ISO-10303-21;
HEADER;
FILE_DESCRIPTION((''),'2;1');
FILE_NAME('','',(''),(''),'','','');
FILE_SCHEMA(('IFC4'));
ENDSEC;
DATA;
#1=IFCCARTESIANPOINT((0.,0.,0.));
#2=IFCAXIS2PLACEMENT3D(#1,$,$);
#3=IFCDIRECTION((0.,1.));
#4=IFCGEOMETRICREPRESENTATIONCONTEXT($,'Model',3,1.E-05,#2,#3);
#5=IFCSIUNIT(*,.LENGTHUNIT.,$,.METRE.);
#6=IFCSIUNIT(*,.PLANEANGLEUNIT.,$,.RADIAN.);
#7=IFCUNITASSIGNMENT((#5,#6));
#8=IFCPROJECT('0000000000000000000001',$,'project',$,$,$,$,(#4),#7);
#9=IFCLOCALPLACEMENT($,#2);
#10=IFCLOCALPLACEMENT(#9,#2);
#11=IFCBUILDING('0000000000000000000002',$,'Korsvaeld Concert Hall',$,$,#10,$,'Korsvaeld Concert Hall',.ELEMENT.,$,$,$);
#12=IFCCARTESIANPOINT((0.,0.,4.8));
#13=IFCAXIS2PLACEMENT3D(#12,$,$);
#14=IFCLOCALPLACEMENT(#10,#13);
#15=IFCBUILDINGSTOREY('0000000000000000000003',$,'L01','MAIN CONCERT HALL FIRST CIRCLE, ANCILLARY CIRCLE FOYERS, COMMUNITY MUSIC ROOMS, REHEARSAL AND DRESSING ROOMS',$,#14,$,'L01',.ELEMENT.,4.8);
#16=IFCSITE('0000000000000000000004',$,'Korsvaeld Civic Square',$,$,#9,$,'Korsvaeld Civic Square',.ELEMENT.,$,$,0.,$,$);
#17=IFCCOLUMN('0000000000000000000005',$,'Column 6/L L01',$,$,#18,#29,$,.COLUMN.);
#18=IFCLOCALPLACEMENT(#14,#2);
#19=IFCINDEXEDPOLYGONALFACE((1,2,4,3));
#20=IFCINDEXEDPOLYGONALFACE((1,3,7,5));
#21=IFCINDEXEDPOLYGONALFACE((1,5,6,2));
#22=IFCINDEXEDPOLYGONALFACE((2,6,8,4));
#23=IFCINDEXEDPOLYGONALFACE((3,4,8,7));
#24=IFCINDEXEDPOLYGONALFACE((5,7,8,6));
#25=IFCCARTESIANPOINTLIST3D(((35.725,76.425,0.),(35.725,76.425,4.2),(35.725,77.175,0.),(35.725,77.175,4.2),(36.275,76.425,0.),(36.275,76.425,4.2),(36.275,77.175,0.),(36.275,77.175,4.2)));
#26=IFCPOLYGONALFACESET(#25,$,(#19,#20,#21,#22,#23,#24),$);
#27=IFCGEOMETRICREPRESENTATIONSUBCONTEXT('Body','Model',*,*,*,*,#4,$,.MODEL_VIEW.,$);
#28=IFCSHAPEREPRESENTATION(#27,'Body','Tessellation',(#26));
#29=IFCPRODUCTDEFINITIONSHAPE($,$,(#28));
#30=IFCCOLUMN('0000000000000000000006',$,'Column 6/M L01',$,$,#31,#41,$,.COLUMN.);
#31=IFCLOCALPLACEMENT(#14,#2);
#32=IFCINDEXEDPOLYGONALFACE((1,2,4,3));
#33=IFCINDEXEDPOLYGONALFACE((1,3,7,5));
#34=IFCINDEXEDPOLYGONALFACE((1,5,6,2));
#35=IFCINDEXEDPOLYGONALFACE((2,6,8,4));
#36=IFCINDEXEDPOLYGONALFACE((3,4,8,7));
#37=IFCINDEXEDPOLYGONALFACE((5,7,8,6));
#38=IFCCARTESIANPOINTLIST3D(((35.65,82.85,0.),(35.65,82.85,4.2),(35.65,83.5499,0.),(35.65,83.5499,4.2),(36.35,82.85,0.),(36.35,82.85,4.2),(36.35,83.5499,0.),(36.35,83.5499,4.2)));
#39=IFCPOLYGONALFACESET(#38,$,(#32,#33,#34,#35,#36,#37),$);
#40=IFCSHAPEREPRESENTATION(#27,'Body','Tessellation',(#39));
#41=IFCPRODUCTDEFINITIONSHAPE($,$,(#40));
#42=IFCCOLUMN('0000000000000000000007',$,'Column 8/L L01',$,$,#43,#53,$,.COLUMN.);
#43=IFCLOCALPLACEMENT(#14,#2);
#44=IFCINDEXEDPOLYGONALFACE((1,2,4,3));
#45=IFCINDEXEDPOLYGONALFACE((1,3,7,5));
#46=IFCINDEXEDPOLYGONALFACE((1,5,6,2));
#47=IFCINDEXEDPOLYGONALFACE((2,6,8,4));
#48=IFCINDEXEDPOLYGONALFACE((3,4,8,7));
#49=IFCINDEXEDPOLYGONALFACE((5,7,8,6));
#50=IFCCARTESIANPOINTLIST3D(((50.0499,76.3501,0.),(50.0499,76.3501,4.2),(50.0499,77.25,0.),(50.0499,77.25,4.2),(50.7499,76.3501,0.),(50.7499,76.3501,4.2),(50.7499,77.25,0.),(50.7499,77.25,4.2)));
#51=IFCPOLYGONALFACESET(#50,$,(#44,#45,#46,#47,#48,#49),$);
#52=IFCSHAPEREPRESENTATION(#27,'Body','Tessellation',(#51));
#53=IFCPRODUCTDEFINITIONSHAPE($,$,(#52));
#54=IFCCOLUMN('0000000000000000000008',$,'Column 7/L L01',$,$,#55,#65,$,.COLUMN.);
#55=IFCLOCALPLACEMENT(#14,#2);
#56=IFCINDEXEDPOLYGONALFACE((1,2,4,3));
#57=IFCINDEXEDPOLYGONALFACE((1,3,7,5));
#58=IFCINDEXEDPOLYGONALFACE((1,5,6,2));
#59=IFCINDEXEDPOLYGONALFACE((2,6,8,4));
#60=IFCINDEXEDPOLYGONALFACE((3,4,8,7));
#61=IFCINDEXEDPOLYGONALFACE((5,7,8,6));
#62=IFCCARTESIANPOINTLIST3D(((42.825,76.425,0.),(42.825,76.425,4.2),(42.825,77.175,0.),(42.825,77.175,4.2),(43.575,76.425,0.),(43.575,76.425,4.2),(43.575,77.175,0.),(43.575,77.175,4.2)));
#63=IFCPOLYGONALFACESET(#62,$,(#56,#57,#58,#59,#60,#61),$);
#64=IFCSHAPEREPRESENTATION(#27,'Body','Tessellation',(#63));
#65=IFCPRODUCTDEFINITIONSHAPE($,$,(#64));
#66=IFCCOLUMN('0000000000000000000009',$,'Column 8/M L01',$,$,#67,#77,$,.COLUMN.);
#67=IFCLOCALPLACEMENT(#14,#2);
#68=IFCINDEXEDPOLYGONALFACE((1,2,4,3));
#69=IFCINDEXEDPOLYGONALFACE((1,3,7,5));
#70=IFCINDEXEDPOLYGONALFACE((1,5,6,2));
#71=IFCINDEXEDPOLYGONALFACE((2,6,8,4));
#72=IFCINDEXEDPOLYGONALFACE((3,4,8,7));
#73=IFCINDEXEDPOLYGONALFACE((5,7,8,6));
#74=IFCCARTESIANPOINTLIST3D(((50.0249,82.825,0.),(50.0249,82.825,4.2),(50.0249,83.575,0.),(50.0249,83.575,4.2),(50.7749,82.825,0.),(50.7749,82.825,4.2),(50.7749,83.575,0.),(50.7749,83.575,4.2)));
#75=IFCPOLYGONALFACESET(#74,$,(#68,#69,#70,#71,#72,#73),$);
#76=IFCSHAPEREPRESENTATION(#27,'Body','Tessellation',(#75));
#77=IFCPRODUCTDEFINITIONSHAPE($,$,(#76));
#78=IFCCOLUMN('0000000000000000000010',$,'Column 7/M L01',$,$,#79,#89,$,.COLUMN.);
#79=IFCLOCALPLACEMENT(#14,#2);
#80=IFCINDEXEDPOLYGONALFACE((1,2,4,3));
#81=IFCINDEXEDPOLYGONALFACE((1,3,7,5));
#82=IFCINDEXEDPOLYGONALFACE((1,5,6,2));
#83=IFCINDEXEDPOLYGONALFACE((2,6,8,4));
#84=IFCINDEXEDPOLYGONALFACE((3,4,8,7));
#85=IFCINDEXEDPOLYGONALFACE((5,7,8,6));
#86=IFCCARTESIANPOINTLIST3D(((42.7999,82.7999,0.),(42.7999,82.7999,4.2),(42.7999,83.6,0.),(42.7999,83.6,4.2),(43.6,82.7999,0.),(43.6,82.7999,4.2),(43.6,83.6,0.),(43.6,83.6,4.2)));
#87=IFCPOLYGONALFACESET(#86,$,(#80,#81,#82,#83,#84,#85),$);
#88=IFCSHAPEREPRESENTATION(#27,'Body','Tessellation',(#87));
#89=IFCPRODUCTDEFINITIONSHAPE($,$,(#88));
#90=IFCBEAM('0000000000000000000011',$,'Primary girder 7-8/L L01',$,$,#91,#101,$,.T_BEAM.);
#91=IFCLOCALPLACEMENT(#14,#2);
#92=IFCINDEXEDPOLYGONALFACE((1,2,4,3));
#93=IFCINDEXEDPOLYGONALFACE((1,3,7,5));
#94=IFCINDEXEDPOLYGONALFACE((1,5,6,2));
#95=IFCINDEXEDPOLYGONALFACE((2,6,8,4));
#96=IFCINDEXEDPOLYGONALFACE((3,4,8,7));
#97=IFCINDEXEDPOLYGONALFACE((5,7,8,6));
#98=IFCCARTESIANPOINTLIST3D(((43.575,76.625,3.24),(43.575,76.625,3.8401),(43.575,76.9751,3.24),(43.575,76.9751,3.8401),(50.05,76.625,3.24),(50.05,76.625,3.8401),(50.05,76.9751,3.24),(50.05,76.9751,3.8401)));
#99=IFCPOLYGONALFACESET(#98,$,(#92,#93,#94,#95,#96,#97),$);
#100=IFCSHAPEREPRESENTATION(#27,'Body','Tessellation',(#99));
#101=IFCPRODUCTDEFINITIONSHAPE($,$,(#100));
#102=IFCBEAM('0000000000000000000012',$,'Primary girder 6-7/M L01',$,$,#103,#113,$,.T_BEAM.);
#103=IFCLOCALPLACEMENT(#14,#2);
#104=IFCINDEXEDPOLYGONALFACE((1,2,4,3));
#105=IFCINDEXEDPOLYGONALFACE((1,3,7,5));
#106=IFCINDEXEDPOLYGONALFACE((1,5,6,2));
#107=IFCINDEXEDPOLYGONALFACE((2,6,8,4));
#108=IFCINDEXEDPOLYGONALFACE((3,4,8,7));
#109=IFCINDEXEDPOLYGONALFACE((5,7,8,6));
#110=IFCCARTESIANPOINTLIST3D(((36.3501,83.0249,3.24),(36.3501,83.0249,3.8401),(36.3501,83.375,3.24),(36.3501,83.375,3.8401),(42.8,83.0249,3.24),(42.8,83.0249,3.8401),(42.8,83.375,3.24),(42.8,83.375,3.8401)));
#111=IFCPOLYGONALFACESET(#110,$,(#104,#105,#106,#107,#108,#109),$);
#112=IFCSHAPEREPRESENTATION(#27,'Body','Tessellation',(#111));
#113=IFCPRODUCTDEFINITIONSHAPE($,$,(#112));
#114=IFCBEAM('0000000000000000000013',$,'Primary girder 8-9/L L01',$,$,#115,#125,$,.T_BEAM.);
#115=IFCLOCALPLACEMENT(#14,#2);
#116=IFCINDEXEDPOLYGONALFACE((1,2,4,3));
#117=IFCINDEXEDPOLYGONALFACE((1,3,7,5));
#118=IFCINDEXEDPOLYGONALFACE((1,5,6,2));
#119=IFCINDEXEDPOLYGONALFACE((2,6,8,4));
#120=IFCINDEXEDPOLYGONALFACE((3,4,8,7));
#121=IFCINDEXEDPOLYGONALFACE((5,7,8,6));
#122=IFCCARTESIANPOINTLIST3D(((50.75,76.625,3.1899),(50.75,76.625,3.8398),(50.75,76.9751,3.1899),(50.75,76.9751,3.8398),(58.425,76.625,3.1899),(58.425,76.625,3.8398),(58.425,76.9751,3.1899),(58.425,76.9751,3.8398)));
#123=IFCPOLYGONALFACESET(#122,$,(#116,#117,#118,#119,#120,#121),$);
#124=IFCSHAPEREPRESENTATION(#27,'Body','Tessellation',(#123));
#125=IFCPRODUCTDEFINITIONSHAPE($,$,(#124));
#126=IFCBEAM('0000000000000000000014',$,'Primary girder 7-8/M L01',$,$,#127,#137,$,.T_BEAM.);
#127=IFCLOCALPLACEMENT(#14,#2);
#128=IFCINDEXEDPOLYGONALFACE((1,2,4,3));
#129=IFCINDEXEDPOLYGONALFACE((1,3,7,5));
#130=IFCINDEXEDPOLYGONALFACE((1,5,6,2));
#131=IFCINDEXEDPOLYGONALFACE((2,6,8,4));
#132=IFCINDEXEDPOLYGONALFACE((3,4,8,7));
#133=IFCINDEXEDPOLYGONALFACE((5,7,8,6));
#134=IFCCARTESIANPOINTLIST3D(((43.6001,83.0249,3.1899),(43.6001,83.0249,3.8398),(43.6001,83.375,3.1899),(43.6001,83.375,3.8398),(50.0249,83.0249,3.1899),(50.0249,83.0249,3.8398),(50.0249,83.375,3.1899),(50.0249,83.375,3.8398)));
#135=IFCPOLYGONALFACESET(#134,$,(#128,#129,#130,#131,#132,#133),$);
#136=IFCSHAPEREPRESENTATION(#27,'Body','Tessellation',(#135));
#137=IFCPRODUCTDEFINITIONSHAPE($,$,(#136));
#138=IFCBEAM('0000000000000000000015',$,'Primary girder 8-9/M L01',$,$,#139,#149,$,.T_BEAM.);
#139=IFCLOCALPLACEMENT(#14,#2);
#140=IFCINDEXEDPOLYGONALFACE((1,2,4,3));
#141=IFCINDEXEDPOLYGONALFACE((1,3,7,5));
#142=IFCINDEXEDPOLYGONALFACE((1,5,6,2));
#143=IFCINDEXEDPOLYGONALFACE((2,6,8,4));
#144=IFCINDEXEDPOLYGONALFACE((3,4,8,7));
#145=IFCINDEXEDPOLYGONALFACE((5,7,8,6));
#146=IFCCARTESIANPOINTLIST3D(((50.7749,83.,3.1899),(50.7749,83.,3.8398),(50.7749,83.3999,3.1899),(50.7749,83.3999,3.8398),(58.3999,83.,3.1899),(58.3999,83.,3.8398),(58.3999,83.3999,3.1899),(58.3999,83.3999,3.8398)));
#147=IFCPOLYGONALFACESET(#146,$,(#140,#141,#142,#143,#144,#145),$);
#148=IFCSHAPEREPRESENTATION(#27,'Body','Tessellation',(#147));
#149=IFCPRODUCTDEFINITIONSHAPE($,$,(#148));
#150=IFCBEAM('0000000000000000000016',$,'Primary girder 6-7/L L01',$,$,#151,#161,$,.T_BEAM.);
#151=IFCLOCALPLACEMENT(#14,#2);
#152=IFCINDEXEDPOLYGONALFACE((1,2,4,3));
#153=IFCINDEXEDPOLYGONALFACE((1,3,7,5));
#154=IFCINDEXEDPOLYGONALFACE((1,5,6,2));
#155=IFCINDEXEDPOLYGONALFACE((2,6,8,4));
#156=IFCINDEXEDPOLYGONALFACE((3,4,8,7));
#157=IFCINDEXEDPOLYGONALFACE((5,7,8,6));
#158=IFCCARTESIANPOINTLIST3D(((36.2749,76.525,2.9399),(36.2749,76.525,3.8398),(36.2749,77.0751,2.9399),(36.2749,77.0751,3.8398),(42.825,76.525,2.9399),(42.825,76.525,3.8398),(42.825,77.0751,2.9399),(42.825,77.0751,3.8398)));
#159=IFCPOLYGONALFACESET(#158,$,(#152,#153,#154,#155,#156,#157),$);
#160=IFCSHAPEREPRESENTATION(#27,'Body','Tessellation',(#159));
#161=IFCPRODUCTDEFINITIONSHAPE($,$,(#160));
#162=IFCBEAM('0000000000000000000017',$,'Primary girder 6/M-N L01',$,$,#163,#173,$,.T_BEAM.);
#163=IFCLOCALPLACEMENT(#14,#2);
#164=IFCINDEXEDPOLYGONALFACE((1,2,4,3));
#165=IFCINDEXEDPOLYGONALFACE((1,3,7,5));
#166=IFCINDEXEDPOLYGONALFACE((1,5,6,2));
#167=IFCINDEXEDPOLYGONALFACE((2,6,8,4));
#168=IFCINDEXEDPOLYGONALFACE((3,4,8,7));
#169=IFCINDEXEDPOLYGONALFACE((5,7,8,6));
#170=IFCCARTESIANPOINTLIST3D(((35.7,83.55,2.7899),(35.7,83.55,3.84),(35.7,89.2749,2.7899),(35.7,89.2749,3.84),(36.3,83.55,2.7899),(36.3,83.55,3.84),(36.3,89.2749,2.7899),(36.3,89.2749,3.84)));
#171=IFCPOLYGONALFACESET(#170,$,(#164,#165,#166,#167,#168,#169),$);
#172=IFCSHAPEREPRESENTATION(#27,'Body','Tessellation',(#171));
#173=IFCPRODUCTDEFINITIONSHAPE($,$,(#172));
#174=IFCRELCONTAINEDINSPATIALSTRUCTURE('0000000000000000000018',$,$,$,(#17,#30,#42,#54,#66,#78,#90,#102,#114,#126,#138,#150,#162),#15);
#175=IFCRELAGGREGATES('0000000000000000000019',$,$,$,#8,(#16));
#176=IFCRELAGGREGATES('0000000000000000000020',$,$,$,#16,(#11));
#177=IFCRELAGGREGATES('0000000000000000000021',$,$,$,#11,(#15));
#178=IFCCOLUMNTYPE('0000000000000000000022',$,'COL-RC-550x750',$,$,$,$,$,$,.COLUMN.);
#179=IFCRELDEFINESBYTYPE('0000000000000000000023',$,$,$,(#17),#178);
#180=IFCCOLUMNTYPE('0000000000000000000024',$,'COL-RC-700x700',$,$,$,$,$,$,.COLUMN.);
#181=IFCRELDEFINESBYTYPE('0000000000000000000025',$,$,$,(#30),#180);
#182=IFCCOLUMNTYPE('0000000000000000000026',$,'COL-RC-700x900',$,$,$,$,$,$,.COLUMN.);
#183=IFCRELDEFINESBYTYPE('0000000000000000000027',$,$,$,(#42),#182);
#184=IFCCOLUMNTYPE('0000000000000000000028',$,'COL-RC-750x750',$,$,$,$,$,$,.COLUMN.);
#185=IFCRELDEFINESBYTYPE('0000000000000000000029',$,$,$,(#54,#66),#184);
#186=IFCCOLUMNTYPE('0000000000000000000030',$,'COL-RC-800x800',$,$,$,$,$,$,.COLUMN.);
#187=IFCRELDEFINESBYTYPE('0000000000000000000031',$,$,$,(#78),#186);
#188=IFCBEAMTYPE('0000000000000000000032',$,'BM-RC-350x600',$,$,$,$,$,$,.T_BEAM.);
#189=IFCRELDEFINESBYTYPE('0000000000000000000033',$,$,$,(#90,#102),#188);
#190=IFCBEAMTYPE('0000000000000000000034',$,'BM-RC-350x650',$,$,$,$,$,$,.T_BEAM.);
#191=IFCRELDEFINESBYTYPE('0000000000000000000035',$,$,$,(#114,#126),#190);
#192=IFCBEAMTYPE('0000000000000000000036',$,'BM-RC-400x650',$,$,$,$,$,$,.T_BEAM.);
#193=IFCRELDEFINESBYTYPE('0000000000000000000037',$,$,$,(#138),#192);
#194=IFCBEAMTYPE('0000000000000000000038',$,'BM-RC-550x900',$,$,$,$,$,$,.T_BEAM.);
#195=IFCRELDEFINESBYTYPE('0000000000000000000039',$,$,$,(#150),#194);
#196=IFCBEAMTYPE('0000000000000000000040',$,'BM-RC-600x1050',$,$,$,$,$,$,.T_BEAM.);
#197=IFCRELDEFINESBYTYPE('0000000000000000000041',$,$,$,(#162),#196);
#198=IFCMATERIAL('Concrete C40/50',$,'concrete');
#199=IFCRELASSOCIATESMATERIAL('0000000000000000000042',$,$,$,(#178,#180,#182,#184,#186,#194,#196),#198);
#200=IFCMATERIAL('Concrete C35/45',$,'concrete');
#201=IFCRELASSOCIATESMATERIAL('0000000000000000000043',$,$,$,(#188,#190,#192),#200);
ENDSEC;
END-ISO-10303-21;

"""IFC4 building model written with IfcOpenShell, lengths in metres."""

from ifc_helpers import new_model, si_unit, direction, frame, origin, origin_2d, place, context, subcontext, project, spatial, rectangle, extrude, material, material_profile, profile_set, type_object, element, save


model = new_model("IFC4")

# Units and contexts
model_context = context("Model", 3, precision=1e-05, world=origin(), true_north=direction((0.0, 1.0)))
body_context = subcontext(model_context, "Body", "Model", "MODEL_VIEW")
ifc_project = project(units=[si_unit("LENGTHUNIT", "METRE"), si_unit("PLANEANGLEUNIT", "RADIAN")], contexts=[model_context])

# Site, building, storey
site_placement = place(None, origin())
site = spatial("IfcSite", under=ifc_project, at=site_placement, Name="Korsvaeld Civic Square", LongName="Korsvaeld Civic Square", CompositionType="ELEMENT", RefElevation=0.0)
building_placement = place(site_placement, origin())
building = spatial("IfcBuilding", under=site, at=building_placement, Name="Korsvaeld Concert Hall", LongName="Korsvaeld Concert Hall", CompositionType="ELEMENT")
storey_placement = place(building_placement, frame((0.0, 0.0, 4.8)))
storey = spatial("IfcBuildingStorey", under=building, at=storey_placement, Name="L01", Description="MAIN CONCERT HALL FIRST CIRCLE, ANCILLARY CIRCLE FOYERS, COMMUNITY MUSIC ROOMS, REHEARSAL AND DRESSING ROOMS", LongName="L01", CompositionType="ELEMENT", Elevation=4.8)

# Columns
ifc_material_1 = material(Name="Concrete C40/50", Category="concrete")
ifc_material_profile_1 = material_profile(ifc_material_1, rectangle(XDim=0.55, YDim=0.75, at=origin_2d()), Name="RC 550x750")
ifc_profile_set_1 = profile_set([ifc_material_profile_1], Name="Concrete C40/50")
column_type_1 = type_object("IfcColumnType", Name="COL-RC-550x750", PredefinedType="COLUMN", material=ifc_profile_set_1)
column_1_placement = place(storey_placement, frame((36.0, 76.8, 0.0), z_axis=(0.0, 0.0, 1.0), x_axis=(1.0, 0.0, 0.0)))
element("IfcColumn", 1, at=column_1_placement, inside=storey, type_object=column_type_1, Name="Column 6/L L01", PredefinedType="COLUMN", context=body_context, shape_type="SweptSolid", body=[
    extrude(rectangle(XDim=0.55, YDim=0.75, at=origin_2d()), origin(), (0.0, 0.0, 1.0), 4.2),
])
ifc_material_profile_2 = material_profile(ifc_material_1, rectangle(XDim=0.7, YDim=0.7, at=origin_2d()), Name="RC 700x700")
ifc_profile_set_2 = profile_set([ifc_material_profile_2], Name="Concrete C40/50")
column_type_2 = type_object("IfcColumnType", Name="COL-RC-700x700", PredefinedType="COLUMN", material=ifc_profile_set_2)
column_2_placement = place(storey_placement, frame((36.0, 83.2, 0.0), z_axis=(0.0, 0.0, 1.0), x_axis=(1.0, 0.0, 0.0)))
element("IfcColumn", 2, at=column_2_placement, inside=storey, type_object=column_type_2, Name="Column 6/M L01", PredefinedType="COLUMN", context=body_context, shape_type="SweptSolid", body=[
    extrude(rectangle(XDim=0.7, YDim=0.7, at=origin_2d()), origin(), (0.0, 0.0, 1.0), 4.2),
])
ifc_material_profile_3 = material_profile(ifc_material_1, rectangle(XDim=0.7, YDim=0.8999, at=origin_2d()), Name="RC 700x900")
ifc_profile_set_3 = profile_set([ifc_material_profile_3], Name="Concrete C40/50")
column_type_3 = type_object("IfcColumnType", Name="COL-RC-700x900", PredefinedType="COLUMN", material=ifc_profile_set_3)
column_3_placement = place(storey_placement, frame((50.3999, 76.8, 0.0), z_axis=(0.0, 0.0, 1.0), x_axis=(1.0, 0.0, 0.0)))
element("IfcColumn", 3, at=column_3_placement, inside=storey, type_object=column_type_3, Name="Column 8/L L01", PredefinedType="COLUMN", context=body_context, shape_type="SweptSolid", body=[
    extrude(rectangle(XDim=0.7, YDim=0.8999, at=origin_2d()), origin(), (0.0, 0.0, 1.0), 4.2),
])
ifc_material_profile_4 = material_profile(ifc_material_1, rectangle(XDim=0.75, YDim=0.75, at=origin_2d()), Name="RC 750x750")
ifc_profile_set_4 = profile_set([ifc_material_profile_4], Name="Concrete C40/50")
column_type_4 = type_object("IfcColumnType", Name="COL-RC-750x750", PredefinedType="COLUMN", material=ifc_profile_set_4)
for number, where, z_axis, x_axis, name in (
    (4, (43.2, 76.8, 0.0), (0.0, 0.0, 1.0), (1.0, 0.0, 0.0), "Column 7/L L01"),
    (5, (50.3999, 83.2, 0.0), (0.0, 0.0, 1.0), (1.0, 0.0, 0.0), "Column 8/M L01"),
):
    element("IfcColumn", number, at=place(storey_placement, frame(where, z_axis=z_axis, x_axis=x_axis)), inside=storey, type_object=column_type_4, Name=name, PredefinedType="COLUMN", context=body_context, shape_type="SweptSolid", body=[
        extrude(rectangle(XDim=0.75, YDim=0.75, at=origin_2d()), origin(), (0.0, 0.0, 1.0), 4.2),
    ])
ifc_material_profile_5 = material_profile(ifc_material_1, rectangle(XDim=0.8, YDim=0.8, at=origin_2d()), Name="RC 800x800")
ifc_profile_set_5 = profile_set([ifc_material_profile_5], Name="Concrete C40/50")
column_type_5 = type_object("IfcColumnType", Name="COL-RC-800x800", PredefinedType="COLUMN", material=ifc_profile_set_5)
column_4_placement = place(storey_placement, frame((43.2, 83.2, 0.0), z_axis=(0.0, 0.0, 1.0), x_axis=(1.0, 0.0, 0.0)))
element("IfcColumn", 6, at=column_4_placement, inside=storey, type_object=column_type_5, Name="Column 7/M L01", PredefinedType="COLUMN", context=body_context, shape_type="SweptSolid", body=[
    extrude(rectangle(XDim=0.8, YDim=0.8, at=origin_2d()), origin(), (0.0, 0.0, 1.0), 4.2),
])

# Beams
ifc_material_2 = material(Name="Concrete C35/45", Category="concrete")
ifc_material_profile_6 = material_profile(ifc_material_2, rectangle(XDim=0.3501, YDim=0.6001, at=origin_2d()), Name="RC 350x600")
ifc_profile_set_6 = profile_set([ifc_material_profile_6], Name="Concrete C35/45")
beam_type_1 = type_object("IfcBeamType", Name="BM-RC-350x600", PredefinedType="T_BEAM", material=ifc_profile_set_6)
beam_1_placement = place(storey_placement, frame((43.575, 76.8, 3.54), z_axis=(1.0, 0.0, 0.0), x_axis=(0.0, 1.0, 0.0)))
element("IfcBeam", 7, at=beam_1_placement, inside=storey, type_object=beam_type_1, Name="Primary girder 7-8/L L01", PredefinedType="T_BEAM", context=body_context, shape_type="SweptSolid", body=[
    extrude(rectangle(XDim=0.3501, YDim=0.6001, at=origin_2d()), origin(), (0.0, 0.0, 1.0), 6.4751),
])
beam_2_placement = place(storey_placement, frame((36.3501, 83.2, 3.54), z_axis=(1.0, 0.0, 0.0), x_axis=(0.0, 1.0, 0.0)))
element("IfcBeam", 8, at=beam_2_placement, inside=storey, type_object=beam_type_1, Name="Primary girder 6-7/M L01", PredefinedType="T_BEAM", context=body_context, shape_type="SweptSolid", body=[
    extrude(rectangle(XDim=0.3501, YDim=0.6001, at=origin_2d()), origin(), (0.0, 0.0, 1.0), 6.45),
])
ifc_material_profile_7 = material_profile(ifc_material_2, rectangle(XDim=0.3501, YDim=0.6499, at=origin_2d()), Name="RC 350x650")
ifc_profile_set_7 = profile_set([ifc_material_profile_7], Name="Concrete C35/45")
beam_type_2 = type_object("IfcBeamType", Name="BM-RC-350x650", PredefinedType="T_BEAM", material=ifc_profile_set_7)
beam_3_placement = place(storey_placement, frame((50.75, 76.8, 3.5149), z_axis=(1.0, 0.0, 0.0), x_axis=(0.0, 1.0, 0.0)))
element("IfcBeam", 9, at=beam_3_placement, inside=storey, type_object=beam_type_2, Name="Primary girder 8-9/L L01", PredefinedType="T_BEAM", context=body_context, shape_type="SweptSolid", body=[
    extrude(rectangle(XDim=0.3501, YDim=0.6499, at=origin_2d()), origin(), (0.0, 0.0, 1.0), 7.675),
])
beam_4_placement = place(storey_placement, frame((43.6001, 83.2, 3.5149), z_axis=(1.0, 0.0, 0.0), x_axis=(0.0, 1.0, 0.0)))
element("IfcBeam", 10, at=beam_4_placement, inside=storey, type_object=beam_type_2, Name="Primary girder 7-8/M L01", PredefinedType="T_BEAM", context=body_context, shape_type="SweptSolid", body=[
    extrude(rectangle(XDim=0.3501, YDim=0.6499, at=origin_2d()), origin(), (0.0, 0.0, 1.0), 6.4248),
])
ifc_material_profile_8 = material_profile(ifc_material_2, rectangle(XDim=0.3999, YDim=0.6499, at=origin_2d()), Name="RC 400x650")
ifc_profile_set_8 = profile_set([ifc_material_profile_8], Name="Concrete C35/45")
beam_type_3 = type_object("IfcBeamType", Name="BM-RC-400x650", PredefinedType="T_BEAM", material=ifc_profile_set_8)
beam_5_placement = place(storey_placement, frame((50.7749, 83.2, 3.5149), z_axis=(1.0, 0.0, 0.0), x_axis=(0.0, 1.0, 0.0)))
element("IfcBeam", 11, at=beam_5_placement, inside=storey, type_object=beam_type_3, Name="Primary girder 8-9/M L01", PredefinedType="T_BEAM", context=body_context, shape_type="SweptSolid", body=[
    extrude(rectangle(XDim=0.3999, YDim=0.6499, at=origin_2d()), origin(), (0.0, 0.0, 1.0), 7.625),
])
ifc_material_profile_9 = material_profile(ifc_material_1, rectangle(XDim=0.55, YDim=0.8999, at=origin_2d()), Name="RC 550x900")
ifc_profile_set_9 = profile_set([ifc_material_profile_9], Name="Concrete C40/50")
beam_type_4 = type_object("IfcBeamType", Name="BM-RC-550x900", PredefinedType="T_BEAM", material=ifc_profile_set_9)
beam_6_placement = place(storey_placement, frame((36.2749, 76.8, 3.3899), z_axis=(1.0, 0.0, 0.0), x_axis=(0.0, 1.0, 0.0)))
element("IfcBeam", 12, at=beam_6_placement, inside=storey, type_object=beam_type_4, Name="Primary girder 6-7/L L01", PredefinedType="T_BEAM", context=body_context, shape_type="SweptSolid", body=[
    extrude(rectangle(XDim=0.55, YDim=0.8999, at=origin_2d()), origin(), (0.0, 0.0, 1.0), 6.55),
])
ifc_material_profile_10 = material_profile(ifc_material_1, rectangle(XDim=0.6001, YDim=1.05, at=origin_2d()), Name="RC 600x1050")
ifc_profile_set_10 = profile_set([ifc_material_profile_10], Name="Concrete C40/50")
beam_type_5 = type_object("IfcBeamType", Name="BM-RC-600x1050", PredefinedType="T_BEAM", material=ifc_profile_set_10)
beam_7_placement = place(storey_placement, frame((36.0, 83.55, 3.3149), z_axis=(0.0, 1.0, 0.0), x_axis=(-1.0, 0.0, 0.0)))
element("IfcBeam", 13, at=beam_7_placement, inside=storey, type_object=beam_type_5, Name="Primary girder 6/M-N L01", PredefinedType="T_BEAM", context=body_context, shape_type="SweptSolid", body=[
    extrude(rectangle(XDim=0.6001, YDim=1.05, at=origin_2d()), origin(), (0.0, 0.0, 1.0), 5.7249),
])

save(model, "model.ifc")
